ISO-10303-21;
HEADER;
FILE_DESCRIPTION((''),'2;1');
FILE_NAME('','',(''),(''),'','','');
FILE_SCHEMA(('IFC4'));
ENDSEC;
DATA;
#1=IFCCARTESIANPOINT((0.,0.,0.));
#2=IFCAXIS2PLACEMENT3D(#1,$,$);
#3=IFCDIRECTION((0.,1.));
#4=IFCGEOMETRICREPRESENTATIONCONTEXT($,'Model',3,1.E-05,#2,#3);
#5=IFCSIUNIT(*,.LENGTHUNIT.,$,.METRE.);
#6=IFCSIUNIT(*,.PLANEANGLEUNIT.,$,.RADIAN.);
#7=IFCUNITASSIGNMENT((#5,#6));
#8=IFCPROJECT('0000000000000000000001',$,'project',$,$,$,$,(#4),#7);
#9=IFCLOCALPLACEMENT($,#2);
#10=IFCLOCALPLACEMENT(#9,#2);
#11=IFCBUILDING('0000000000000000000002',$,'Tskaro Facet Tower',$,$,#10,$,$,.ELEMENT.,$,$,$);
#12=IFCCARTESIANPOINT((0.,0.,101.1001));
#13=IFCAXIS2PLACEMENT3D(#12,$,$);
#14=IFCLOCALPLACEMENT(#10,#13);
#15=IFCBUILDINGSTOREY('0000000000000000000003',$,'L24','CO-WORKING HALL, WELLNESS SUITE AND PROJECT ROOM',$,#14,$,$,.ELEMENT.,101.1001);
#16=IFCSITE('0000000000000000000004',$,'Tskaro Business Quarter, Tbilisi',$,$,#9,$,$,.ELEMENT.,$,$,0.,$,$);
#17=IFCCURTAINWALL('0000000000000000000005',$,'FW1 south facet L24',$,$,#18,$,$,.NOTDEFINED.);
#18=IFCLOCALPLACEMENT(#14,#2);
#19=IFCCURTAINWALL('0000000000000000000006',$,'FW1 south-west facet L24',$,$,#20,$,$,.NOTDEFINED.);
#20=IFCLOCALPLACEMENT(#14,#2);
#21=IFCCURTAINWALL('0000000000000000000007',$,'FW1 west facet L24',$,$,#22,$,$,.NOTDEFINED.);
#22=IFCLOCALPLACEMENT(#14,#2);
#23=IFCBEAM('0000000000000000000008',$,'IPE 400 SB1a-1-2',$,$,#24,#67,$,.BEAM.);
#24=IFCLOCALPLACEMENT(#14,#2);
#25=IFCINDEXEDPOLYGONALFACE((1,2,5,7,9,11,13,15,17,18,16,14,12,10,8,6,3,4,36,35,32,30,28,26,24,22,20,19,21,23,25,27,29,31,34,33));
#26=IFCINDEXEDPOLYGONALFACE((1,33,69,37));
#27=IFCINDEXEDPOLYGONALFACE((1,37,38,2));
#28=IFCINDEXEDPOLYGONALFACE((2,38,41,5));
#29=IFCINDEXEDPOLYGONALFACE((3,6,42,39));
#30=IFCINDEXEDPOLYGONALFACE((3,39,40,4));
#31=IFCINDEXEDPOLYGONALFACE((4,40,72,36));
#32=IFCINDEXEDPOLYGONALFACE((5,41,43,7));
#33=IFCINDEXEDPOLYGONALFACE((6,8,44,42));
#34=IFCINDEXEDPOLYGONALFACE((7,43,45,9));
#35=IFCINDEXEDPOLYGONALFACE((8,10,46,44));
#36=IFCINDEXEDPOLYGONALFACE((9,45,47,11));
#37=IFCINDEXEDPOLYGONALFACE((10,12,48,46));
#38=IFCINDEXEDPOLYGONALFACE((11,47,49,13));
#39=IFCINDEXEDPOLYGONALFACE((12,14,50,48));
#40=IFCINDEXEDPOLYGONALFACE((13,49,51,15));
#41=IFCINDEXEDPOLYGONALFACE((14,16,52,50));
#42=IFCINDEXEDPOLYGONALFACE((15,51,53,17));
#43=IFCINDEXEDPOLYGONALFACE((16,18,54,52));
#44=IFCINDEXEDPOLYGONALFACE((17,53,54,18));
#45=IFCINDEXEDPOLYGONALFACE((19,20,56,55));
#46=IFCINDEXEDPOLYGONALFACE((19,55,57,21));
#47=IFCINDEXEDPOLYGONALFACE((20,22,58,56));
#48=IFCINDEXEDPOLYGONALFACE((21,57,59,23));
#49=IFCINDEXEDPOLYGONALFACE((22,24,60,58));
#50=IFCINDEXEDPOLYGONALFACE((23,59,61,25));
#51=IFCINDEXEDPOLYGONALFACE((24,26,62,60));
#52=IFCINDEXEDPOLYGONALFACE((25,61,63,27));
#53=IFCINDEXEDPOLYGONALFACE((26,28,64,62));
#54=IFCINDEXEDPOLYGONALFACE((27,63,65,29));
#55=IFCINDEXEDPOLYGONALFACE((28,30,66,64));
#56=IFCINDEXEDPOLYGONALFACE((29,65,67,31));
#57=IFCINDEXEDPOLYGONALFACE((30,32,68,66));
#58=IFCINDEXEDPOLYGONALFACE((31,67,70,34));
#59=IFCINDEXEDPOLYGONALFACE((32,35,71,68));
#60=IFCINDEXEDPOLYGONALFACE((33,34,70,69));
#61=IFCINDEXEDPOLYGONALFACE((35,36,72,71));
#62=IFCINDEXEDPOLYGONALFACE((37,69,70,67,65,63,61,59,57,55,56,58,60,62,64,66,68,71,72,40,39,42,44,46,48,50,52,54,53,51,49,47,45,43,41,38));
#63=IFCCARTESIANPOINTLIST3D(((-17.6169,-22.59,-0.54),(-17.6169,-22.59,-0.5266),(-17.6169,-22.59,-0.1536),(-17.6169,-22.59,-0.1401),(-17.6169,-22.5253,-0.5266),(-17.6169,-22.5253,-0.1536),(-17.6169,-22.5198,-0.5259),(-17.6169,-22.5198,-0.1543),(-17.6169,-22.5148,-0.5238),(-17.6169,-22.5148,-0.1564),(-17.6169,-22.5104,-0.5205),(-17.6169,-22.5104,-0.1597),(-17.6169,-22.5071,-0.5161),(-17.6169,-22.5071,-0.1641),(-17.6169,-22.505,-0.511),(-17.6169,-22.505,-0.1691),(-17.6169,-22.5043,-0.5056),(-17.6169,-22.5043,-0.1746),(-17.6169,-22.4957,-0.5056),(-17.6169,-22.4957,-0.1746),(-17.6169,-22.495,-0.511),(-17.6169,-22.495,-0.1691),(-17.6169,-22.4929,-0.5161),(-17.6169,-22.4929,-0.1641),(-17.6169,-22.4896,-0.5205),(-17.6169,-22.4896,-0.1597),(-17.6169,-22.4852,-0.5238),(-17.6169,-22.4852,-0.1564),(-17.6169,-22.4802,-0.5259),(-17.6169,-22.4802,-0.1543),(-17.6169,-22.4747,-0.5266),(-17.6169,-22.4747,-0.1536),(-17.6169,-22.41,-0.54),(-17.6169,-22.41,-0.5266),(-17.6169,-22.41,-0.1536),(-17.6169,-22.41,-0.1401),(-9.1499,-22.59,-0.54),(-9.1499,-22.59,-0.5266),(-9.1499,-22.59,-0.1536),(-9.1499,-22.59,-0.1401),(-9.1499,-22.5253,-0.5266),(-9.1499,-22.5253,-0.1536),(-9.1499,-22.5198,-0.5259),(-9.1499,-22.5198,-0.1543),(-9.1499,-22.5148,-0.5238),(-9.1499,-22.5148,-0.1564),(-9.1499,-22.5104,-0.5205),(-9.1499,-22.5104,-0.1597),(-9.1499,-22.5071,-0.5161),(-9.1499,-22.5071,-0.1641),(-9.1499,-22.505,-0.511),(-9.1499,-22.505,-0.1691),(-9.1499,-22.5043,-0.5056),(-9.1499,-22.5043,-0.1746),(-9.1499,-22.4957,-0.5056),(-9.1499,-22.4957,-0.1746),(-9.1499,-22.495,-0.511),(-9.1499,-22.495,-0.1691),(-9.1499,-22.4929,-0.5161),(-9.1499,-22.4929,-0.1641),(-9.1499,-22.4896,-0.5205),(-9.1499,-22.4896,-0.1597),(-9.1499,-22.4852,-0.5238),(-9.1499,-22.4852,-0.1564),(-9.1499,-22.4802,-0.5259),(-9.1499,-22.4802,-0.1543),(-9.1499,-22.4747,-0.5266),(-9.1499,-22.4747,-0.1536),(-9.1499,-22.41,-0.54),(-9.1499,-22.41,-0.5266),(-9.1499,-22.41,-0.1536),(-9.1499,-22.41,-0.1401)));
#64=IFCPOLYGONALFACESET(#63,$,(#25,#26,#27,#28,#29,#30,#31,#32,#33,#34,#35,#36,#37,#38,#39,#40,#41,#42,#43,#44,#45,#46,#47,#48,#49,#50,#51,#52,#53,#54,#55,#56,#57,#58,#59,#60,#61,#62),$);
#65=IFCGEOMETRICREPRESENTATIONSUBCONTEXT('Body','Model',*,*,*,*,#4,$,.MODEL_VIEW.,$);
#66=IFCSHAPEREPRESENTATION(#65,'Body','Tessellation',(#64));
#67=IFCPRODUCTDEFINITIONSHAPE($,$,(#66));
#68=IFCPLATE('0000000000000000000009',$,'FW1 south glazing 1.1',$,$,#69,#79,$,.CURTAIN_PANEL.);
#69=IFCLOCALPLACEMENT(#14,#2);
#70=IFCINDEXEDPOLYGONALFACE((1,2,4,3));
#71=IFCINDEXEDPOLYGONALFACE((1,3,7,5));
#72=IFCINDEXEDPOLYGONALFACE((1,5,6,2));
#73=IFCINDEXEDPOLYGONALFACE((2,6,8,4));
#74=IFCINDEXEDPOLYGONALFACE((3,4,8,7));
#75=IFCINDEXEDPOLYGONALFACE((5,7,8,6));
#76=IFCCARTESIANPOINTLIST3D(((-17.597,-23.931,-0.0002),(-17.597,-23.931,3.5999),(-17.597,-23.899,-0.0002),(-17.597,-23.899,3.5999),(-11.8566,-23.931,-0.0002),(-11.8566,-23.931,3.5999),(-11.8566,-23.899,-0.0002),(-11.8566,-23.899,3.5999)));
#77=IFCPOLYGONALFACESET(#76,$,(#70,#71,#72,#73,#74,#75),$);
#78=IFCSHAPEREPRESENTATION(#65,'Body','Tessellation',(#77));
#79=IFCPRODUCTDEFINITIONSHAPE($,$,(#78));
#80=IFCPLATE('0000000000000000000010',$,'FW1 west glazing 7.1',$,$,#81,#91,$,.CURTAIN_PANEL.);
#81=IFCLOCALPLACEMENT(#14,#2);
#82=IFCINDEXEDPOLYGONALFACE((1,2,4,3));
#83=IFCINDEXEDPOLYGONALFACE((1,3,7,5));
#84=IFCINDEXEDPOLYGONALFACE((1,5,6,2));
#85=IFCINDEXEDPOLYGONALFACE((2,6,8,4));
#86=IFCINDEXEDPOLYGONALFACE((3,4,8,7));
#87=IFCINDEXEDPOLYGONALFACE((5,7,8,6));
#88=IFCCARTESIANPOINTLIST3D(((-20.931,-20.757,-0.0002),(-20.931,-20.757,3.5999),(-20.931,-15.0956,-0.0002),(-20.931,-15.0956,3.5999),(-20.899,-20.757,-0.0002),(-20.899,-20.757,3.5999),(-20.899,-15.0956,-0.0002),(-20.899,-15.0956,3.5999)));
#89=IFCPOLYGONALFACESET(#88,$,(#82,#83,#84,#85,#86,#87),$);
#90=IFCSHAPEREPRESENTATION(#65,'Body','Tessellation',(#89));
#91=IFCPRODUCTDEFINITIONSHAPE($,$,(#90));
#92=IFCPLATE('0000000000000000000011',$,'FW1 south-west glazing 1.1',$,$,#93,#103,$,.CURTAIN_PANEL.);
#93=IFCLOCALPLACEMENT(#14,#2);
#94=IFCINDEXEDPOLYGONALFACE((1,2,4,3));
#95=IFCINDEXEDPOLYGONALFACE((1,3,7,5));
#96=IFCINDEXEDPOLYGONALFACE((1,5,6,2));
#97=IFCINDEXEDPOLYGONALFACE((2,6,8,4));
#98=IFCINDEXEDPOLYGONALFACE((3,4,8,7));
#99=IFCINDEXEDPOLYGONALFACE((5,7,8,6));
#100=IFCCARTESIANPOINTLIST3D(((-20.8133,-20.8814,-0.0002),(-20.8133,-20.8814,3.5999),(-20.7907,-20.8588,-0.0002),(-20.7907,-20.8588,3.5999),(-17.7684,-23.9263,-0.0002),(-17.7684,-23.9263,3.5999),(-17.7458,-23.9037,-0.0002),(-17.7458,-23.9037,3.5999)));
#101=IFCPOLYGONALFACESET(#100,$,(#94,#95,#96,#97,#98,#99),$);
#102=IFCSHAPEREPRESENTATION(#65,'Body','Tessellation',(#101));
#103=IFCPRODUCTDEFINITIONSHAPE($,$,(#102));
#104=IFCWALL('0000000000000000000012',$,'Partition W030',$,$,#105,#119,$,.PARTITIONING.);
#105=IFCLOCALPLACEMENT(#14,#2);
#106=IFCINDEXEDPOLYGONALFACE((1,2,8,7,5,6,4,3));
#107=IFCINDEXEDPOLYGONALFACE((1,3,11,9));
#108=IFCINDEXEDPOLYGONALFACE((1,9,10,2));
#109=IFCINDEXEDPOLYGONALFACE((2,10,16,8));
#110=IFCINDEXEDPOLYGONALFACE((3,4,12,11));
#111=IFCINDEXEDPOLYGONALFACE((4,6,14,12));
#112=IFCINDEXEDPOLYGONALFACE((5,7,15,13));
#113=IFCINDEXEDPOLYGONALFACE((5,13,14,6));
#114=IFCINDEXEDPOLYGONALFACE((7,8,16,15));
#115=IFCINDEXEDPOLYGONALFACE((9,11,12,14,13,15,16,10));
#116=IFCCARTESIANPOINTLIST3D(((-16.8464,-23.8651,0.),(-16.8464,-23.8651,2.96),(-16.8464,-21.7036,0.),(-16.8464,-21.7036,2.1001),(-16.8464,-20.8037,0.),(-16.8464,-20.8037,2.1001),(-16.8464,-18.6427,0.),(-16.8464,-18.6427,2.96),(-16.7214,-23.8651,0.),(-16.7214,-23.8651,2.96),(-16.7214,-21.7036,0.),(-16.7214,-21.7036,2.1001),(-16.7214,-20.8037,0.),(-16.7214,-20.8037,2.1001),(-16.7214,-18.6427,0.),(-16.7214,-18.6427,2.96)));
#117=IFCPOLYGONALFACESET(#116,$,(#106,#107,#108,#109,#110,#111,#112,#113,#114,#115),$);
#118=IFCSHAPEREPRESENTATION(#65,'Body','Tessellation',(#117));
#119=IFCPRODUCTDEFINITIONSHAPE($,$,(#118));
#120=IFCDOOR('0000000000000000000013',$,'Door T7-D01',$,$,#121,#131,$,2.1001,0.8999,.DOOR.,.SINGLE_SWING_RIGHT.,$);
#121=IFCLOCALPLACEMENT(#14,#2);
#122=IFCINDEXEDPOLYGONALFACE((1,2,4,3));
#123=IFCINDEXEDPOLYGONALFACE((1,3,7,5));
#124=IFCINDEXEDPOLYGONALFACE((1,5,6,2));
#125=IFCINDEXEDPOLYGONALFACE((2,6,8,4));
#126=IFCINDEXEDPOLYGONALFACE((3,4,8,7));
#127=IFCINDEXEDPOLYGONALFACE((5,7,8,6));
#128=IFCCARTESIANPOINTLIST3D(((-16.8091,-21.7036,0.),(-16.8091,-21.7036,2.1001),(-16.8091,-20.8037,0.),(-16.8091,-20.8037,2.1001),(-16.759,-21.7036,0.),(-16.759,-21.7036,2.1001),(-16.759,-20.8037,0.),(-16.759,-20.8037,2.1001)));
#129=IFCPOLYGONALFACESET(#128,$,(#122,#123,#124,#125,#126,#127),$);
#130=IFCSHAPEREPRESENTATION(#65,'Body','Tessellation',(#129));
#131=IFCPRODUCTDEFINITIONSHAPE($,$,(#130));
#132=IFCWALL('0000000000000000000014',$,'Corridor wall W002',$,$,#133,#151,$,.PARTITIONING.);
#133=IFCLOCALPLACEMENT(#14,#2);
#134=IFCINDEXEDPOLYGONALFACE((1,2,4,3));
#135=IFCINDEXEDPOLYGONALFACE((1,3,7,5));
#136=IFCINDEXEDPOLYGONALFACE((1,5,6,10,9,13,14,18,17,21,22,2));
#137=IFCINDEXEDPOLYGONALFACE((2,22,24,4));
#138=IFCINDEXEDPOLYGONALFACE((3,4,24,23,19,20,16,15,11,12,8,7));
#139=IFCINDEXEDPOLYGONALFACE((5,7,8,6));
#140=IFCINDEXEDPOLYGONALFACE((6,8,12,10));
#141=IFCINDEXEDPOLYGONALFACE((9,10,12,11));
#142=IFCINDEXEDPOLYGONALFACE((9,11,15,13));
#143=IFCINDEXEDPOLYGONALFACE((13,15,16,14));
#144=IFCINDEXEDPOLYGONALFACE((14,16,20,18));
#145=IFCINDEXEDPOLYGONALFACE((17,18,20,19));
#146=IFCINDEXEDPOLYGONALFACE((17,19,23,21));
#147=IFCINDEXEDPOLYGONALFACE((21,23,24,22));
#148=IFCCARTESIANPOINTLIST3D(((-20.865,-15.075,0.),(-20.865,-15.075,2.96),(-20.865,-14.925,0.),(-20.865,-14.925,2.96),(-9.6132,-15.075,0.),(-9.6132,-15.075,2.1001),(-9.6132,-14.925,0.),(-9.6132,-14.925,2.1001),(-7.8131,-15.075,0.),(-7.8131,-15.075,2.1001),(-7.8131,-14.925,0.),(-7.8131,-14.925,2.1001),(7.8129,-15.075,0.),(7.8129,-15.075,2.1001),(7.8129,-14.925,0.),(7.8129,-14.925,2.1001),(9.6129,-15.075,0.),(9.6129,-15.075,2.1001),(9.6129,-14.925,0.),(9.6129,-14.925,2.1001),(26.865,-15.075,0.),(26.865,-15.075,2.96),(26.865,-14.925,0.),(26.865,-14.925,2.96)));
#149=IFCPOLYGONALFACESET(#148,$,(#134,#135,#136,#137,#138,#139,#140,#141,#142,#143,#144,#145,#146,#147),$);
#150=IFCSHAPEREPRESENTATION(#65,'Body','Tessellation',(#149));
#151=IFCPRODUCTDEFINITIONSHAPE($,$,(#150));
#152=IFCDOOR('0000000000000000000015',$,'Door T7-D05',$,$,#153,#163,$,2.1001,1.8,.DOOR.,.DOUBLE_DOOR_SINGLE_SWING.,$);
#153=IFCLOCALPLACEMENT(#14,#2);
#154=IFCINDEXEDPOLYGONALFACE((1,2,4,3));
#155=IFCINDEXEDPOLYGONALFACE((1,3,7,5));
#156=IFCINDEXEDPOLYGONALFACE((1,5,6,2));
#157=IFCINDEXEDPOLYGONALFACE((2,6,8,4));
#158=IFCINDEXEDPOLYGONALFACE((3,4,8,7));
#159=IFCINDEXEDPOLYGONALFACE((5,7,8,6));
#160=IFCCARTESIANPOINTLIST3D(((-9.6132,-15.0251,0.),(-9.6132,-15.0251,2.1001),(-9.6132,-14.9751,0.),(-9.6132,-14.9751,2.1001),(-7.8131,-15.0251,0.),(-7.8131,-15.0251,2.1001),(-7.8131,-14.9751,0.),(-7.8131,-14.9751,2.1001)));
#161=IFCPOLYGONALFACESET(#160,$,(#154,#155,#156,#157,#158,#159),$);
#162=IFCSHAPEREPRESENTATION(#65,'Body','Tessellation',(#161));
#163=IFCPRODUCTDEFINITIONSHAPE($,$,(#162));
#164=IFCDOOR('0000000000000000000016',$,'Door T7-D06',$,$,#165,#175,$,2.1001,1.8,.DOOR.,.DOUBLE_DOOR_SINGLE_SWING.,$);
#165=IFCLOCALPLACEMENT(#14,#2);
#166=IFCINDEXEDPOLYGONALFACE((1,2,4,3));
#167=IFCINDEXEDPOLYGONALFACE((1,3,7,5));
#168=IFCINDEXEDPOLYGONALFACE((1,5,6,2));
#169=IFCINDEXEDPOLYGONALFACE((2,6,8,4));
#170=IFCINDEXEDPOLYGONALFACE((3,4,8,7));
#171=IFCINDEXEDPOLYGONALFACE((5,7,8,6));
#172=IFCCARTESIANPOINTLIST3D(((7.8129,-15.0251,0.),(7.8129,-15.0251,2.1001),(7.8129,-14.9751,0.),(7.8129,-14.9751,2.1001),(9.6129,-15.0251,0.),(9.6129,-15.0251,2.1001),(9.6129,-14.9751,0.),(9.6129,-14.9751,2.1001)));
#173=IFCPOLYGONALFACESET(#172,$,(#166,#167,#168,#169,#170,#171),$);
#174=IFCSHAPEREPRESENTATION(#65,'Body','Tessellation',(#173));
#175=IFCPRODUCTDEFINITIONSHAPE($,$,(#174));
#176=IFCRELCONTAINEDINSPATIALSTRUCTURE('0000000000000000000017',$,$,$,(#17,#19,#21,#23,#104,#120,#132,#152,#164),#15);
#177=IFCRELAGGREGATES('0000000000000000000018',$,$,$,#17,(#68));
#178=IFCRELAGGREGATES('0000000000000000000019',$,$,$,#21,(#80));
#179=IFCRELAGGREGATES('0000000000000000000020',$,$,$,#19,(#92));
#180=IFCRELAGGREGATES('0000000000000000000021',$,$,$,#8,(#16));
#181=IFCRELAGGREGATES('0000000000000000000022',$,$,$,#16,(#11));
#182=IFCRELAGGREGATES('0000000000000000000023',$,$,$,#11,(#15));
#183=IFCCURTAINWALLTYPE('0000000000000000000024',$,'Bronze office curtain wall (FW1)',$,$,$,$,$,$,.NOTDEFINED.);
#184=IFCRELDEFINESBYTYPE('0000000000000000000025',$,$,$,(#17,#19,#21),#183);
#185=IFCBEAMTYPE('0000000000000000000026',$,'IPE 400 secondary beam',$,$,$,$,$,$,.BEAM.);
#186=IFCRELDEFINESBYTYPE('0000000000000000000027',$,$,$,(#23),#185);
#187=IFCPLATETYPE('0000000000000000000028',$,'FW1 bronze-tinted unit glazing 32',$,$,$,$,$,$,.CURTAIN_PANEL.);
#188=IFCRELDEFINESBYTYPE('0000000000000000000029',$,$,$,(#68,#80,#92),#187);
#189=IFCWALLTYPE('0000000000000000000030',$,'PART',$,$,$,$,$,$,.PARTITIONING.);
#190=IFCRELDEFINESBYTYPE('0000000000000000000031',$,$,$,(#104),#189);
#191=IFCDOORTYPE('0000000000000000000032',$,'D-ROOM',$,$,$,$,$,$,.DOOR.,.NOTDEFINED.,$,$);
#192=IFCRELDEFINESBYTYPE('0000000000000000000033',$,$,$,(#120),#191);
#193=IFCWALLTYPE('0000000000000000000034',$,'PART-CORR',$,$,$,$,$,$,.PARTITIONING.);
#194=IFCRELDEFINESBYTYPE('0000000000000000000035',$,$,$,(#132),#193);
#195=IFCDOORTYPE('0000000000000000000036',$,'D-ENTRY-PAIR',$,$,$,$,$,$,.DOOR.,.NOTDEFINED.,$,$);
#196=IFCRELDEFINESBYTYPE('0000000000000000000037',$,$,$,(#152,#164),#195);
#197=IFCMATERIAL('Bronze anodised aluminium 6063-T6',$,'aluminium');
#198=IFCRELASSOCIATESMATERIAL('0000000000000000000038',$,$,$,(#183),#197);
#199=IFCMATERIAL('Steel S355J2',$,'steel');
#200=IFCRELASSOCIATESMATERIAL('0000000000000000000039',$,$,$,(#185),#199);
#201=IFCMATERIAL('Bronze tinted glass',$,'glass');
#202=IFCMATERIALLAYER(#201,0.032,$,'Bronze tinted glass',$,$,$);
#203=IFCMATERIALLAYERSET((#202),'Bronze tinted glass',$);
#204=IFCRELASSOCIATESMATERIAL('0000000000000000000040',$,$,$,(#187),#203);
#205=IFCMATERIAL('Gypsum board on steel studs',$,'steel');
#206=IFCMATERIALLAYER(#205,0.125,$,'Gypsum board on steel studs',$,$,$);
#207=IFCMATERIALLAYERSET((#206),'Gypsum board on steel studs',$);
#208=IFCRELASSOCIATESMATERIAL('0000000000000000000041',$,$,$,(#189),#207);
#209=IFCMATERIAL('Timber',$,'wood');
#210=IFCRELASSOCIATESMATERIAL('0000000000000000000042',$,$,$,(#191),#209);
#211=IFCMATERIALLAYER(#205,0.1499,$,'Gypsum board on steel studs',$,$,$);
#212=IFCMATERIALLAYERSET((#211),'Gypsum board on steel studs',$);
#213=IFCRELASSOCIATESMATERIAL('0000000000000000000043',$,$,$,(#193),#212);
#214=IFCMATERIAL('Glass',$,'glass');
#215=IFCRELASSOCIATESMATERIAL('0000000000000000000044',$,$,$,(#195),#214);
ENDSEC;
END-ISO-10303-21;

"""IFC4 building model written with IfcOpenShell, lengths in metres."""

from ifc_helpers import new_model, si_unit, direction, frame, frame_2d, origin, origin_2d, place, context, subcontext, project, spatial, rectangle, i_section, extrude, material, layer, layer_set, material_profile, profile_set, type_object, element, fill, aggregate, save


model = new_model("IFC4")

# Units and contexts
model_context = context("Model", 3, precision=1e-05, world=origin(), true_north=direction((0.0, 1.0)))
body_context = subcontext(model_context, "Body", "Model", "MODEL_VIEW")
ifc_project = project(units=[si_unit("LENGTHUNIT", "METRE"), si_unit("PLANEANGLEUNIT", "RADIAN")], contexts=[model_context])

# Site, building, storey
site_placement = place(None, origin())
site = spatial("IfcSite", under=ifc_project, at=site_placement, Name="Tskaro Business Quarter, Tbilisi", CompositionType="ELEMENT", RefElevation=0.0)
building_placement = place(site_placement, origin())
building = spatial("IfcBuilding", under=site, at=building_placement, Name="Tskaro Facet Tower", CompositionType="ELEMENT")
storey_placement = place(building_placement, frame((0.0, 0.0, 101.1001)))
storey = spatial("IfcBuildingStorey", under=building, at=storey_placement, Name="L24", Description="CO-WORKING HALL, WELLNESS SUITE AND PROJECT ROOM", CompositionType="ELEMENT", Elevation=101.1001)

# Curtain walls
ifc_material_1 = material(Name="Bronze anodised aluminium 6063-T6", Category="aluminium")
curtain_wall_type = type_object("IfcCurtainWallType", Name="Bronze office curtain wall (FW1)", PredefinedType="NOTDEFINED", material=ifc_material_1)
curtain_wall_1_placement = place(storey_placement, origin())
curtain_wall_1 = element("IfcCurtainWall", 1, at=curtain_wall_1_placement, inside=storey, type_object=curtain_wall_type, Name="FW1 south facet L24", PredefinedType="NOTDEFINED")
curtain_wall_2_placement = place(storey_placement, origin())
curtain_wall_2 = element("IfcCurtainWall", 2, at=curtain_wall_2_placement, inside=storey, type_object=curtain_wall_type, Name="FW1 south-west facet L24", PredefinedType="NOTDEFINED")

# Curtain wall
curtain_wall_3_placement = place(storey_placement, origin())
curtain_wall_3 = element("IfcCurtainWall", 3, at=curtain_wall_3_placement, inside=storey, type_object=curtain_wall_type, Name="FW1 west facet L24", PredefinedType="NOTDEFINED")

# Beam
ifc_material_2 = material(Name="Steel S355J2", Category="steel")
ifc_material_profile_1 = material_profile(ifc_material_2, i_section(OverallWidth=0.1799, OverallDepth=0.3999, WebThickness=0.0085, FlangeThickness=0.0134, FilletRadius=0.021, at=origin_2d()), Name="IPE 400")
ifc_profile_set_1 = profile_set([ifc_material_profile_1], Name="Steel S355J2")
beam_type_1 = type_object("IfcBeamType", Name="IPE 400 secondary beam", PredefinedType="BEAM", material=ifc_profile_set_1)
beam_1_placement = place(storey_placement, frame((-17.6169, -22.5, -0.3401), z_axis=(1.0, 0.0, 0.0), x_axis=(0.0, 1.0, 0.0)))
element("IfcBeam", 4, at=beam_1_placement, inside=storey, type_object=beam_type_1, Name="IPE 400 SB1a-1-2", PredefinedType="BEAM", context=body_context, shape_type="SweptSolid", body=[
    extrude(i_section(OverallWidth=0.1799, OverallDepth=0.3999, WebThickness=0.0085, FlangeThickness=0.0134, FilletRadius=0.021, at=origin_2d()), origin(), (0.0, 0.0, 1.0), 8.467),
])

# Plates
ifc_material_3 = material(Name="Bronze tinted glass", Category="glass")
ifc_layer_1 = layer(ifc_material_3, 0.032, Name="Bronze tinted glass")
ifc_layer_set_1 = layer_set([ifc_layer_1], Name="Bronze tinted glass")
plate_type = type_object("IfcPlateType", Name="FW1 bronze-tinted unit glazing 32", PredefinedType="CURTAIN_PANEL", material=ifc_layer_set_1)
plate_1_placement = place(storey_placement, frame((-14.7268, -23.915, -0.0002), z_axis=(0.0, 0.0, 1.0), x_axis=(1.0, 0.0, 0.0)))
plate_1 = element("IfcPlate", 5, at=plate_1_placement, type_object=plate_type, Name="FW1 south glazing 1.1", PredefinedType="CURTAIN_PANEL", context=body_context, shape_type="SweptSolid", body=[
    extrude(rectangle(XDim=5.7405, YDim=0.032, at=origin_2d()), origin(), (0.0, 0.0, 1.0), 3.6001),
])
aggregate(curtain_wall_1, [plate_1])
plate_2_placement = place(storey_placement, frame((-20.915, -17.9263, -0.0002), z_axis=(0.0, 0.0, 1.0), x_axis=(0.0, -1.0, 0.0)))
plate_2 = element("IfcPlate", 6, at=plate_2_placement, type_object=plate_type, Name="FW1 west glazing 7.1", PredefinedType="CURTAIN_PANEL", context=body_context, shape_type="SweptSolid", body=[
    extrude(rectangle(XDim=5.6614, YDim=0.032, at=origin_2d()), origin(), (0.0, 0.0, 1.0), 3.6001),
])
aggregate(curtain_wall_3, [plate_2])
plate_3_placement = place(storey_placement, frame((-19.2795, -22.3926, -0.0002), z_axis=(0.0, 0.0, 1.0), x_axis=(0.707107, -0.707107, 0.0)))
plate_3 = element("IfcPlate", 7, at=plate_3_placement, type_object=plate_type, Name="FW1 south-west glazing 1.1", PredefinedType="CURTAIN_PANEL", context=body_context, shape_type="SweptSolid", body=[
    extrude(rectangle(XDim=4.3062, YDim=0.032, at=origin_2d()), origin(), (0.0, 0.0, 1.0), 3.6001),
])
aggregate(curtain_wall_2, [plate_3])

# Wall, opening, door
ifc_material_4 = material(Name="Gypsum board on steel studs", Category="steel")
ifc_layer_2 = layer(ifc_material_4, 0.125, Name="Gypsum board on steel studs")
ifc_layer_set_2 = layer_set([ifc_layer_2], Name="Gypsum board on steel studs")
wall_type_1 = type_object("IfcWallType", Name="PART", PredefinedType="PARTITIONING", material=ifc_layer_set_2)
wall_1_placement = place(storey_placement, frame((-16.7839, -18.6426, 0.0), z_axis=(0.0, 0.0, 1.0), x_axis=(0.0, -1.0, 0.0)))
wall_1 = element("IfcWall", 8, at=wall_1_placement, inside=storey, type_object=wall_type_1, Name="Partition W030", PredefinedType="PARTITIONING", context=body_context, shape_type="SweptSolid", body=[
    extrude(rectangle(XDim=5.2224, YDim=0.125, at=frame_2d((2.6113, 0.0))), origin(), (0.0, 0.0, 1.0), 2.96),
])
opening_1_placement = place(wall_1_placement, frame((2.1611, 0.0, 0.0)))
opening_1 = element("IfcOpeningElement", 9, at=opening_1_placement, cuts=wall_1, PredefinedType="OPENING", context=body_context, shape_type="SweptSolid", body=[
    extrude(rectangle(XDim=0.8999, YDim=2.1001, at=frame_2d((0.45, 1.05))), frame((0.0, 0.0725, 0.0), z_axis=(0.0, -1.0, 0.0), x_axis=(1.0, 0.0, 0.0)), (0.0, 0.0, 1.0), 0.145),
])
ifc_material_5 = material(Name="Timber", Category="wood")
door_type_1 = type_object("IfcDoorType", Name="D-ROOM", OperationType="NOTDEFINED", PredefinedType="DOOR", material=ifc_material_5)
door_1_placement = place(opening_1_placement, origin())
door_1 = element("IfcDoor", 10, at=door_1_placement, inside=storey, type_object=door_type_1, Name="Door T7-D01", OperationType="SINGLE_SWING_RIGHT", OverallHeight=2.1001, OverallWidth=0.8999, PredefinedType="DOOR", context=body_context, shape_type="SweptSolid", body=[
    extrude(rectangle(XDim=0.8999, YDim=2.1001, at=frame_2d((0.45, 1.05))), frame((0.0, 0.0249, 0.0), z_axis=(0.0, -1.0, 0.0), x_axis=(1.0, 0.0, 0.0)), (0.0, 0.0, 1.0), 0.05),
])
fill(opening_1, door_1)

# Wall, openings, doors
ifc_layer_3 = layer(ifc_material_4, 0.1499, Name="Gypsum board on steel studs")
ifc_layer_set_3 = layer_set([ifc_layer_3], Name="Gypsum board on steel studs")
wall_type_2 = type_object("IfcWallType", Name="PART-CORR", PredefinedType="PARTITIONING", material=ifc_layer_set_3)
wall_2_placement = place(storey_placement, frame((-20.865, -15.0, 0.0), z_axis=(0.0, 0.0, 1.0), x_axis=(1.0, 0.0, 0.0)))
wall_2 = element("IfcWall", 11, at=wall_2_placement, inside=storey, type_object=wall_type_2, Name="Corridor wall W002", PredefinedType="PARTITIONING", context=body_context, shape_type="SweptSolid", body=[
    extrude(rectangle(XDim=47.73, YDim=0.1499, at=frame_2d((23.865, 0.0))), origin(), (0.0, 0.0, 1.0), 2.96),
])
opening_2_placement = place(wall_2_placement, frame((11.252, 0.0, 0.0)))
opening_2 = element("IfcOpeningElement", 12, at=opening_2_placement, cuts=wall_2, PredefinedType="OPENING", context=body_context, shape_type="SweptSolid", body=[
    extrude(rectangle(XDim=1.8, YDim=2.1001, at=frame_2d((0.8999, 1.05))), frame((0.0, 0.085, 0.0), z_axis=(0.0, -1.0, 0.0), x_axis=(1.0, 0.0, 0.0)), (0.0, 0.0, 1.0), 0.1699),
])
opening_3_placement = place(wall_2_placement, frame((28.678, 0.0, 0.0)))
opening_3 = element("IfcOpeningElement", 13, at=opening_3_placement, cuts=wall_2, PredefinedType="OPENING", context=body_context, shape_type="SweptSolid", body=[
    extrude(rectangle(XDim=1.8, YDim=2.1001, at=frame_2d((0.8999, 1.05))), frame((0.0, 0.085, 0.0), z_axis=(0.0, -1.0, 0.0), x_axis=(1.0, 0.0, 0.0)), (0.0, 0.0, 1.0), 0.1699),
])
ifc_material_6 = material(Name="Glass", Category="glass")
door_type_2 = type_object("IfcDoorType", Name="D-ENTRY-PAIR", OperationType="NOTDEFINED", PredefinedType="DOOR", material=ifc_material_6)
door_2_placement = place(opening_2_placement, origin())
door_2 = element("IfcDoor", 14, at=door_2_placement, inside=storey, type_object=door_type_2, Name="Door T7-D05", OperationType="DOUBLE_DOOR_SINGLE_SWING", OverallHeight=2.1001, OverallWidth=1.8, PredefinedType="DOOR", context=body_context, shape_type="SweptSolid", body=[
    extrude(rectangle(XDim=1.8, YDim=2.1001, at=frame_2d((0.8999, 1.05))), frame((0.0, 0.0249, 0.0), z_axis=(0.0, -1.0, 0.0), x_axis=(1.0, 0.0, 0.0)), (0.0, 0.0, 1.0), 0.05),
])
fill(opening_2, door_2)
door_3_placement = place(opening_3_placement, origin())
door_3 = element("IfcDoor", 15, at=door_3_placement, inside=storey, type_object=door_type_2, Name="Door T7-D06", OperationType="DOUBLE_DOOR_SINGLE_SWING", OverallHeight=2.1001, OverallWidth=1.8, PredefinedType="DOOR", context=body_context, shape_type="SweptSolid", body=[
    extrude(rectangle(XDim=1.8, YDim=2.1001, at=frame_2d((0.8999, 1.05))), frame((0.0, 0.0249, 0.0), z_axis=(0.0, -1.0, 0.0), x_axis=(1.0, 0.0, 0.0)), (0.0, 0.0, 1.0), 0.05),
])
fill(opening_3, door_3)

save(model, "model.ifc")
